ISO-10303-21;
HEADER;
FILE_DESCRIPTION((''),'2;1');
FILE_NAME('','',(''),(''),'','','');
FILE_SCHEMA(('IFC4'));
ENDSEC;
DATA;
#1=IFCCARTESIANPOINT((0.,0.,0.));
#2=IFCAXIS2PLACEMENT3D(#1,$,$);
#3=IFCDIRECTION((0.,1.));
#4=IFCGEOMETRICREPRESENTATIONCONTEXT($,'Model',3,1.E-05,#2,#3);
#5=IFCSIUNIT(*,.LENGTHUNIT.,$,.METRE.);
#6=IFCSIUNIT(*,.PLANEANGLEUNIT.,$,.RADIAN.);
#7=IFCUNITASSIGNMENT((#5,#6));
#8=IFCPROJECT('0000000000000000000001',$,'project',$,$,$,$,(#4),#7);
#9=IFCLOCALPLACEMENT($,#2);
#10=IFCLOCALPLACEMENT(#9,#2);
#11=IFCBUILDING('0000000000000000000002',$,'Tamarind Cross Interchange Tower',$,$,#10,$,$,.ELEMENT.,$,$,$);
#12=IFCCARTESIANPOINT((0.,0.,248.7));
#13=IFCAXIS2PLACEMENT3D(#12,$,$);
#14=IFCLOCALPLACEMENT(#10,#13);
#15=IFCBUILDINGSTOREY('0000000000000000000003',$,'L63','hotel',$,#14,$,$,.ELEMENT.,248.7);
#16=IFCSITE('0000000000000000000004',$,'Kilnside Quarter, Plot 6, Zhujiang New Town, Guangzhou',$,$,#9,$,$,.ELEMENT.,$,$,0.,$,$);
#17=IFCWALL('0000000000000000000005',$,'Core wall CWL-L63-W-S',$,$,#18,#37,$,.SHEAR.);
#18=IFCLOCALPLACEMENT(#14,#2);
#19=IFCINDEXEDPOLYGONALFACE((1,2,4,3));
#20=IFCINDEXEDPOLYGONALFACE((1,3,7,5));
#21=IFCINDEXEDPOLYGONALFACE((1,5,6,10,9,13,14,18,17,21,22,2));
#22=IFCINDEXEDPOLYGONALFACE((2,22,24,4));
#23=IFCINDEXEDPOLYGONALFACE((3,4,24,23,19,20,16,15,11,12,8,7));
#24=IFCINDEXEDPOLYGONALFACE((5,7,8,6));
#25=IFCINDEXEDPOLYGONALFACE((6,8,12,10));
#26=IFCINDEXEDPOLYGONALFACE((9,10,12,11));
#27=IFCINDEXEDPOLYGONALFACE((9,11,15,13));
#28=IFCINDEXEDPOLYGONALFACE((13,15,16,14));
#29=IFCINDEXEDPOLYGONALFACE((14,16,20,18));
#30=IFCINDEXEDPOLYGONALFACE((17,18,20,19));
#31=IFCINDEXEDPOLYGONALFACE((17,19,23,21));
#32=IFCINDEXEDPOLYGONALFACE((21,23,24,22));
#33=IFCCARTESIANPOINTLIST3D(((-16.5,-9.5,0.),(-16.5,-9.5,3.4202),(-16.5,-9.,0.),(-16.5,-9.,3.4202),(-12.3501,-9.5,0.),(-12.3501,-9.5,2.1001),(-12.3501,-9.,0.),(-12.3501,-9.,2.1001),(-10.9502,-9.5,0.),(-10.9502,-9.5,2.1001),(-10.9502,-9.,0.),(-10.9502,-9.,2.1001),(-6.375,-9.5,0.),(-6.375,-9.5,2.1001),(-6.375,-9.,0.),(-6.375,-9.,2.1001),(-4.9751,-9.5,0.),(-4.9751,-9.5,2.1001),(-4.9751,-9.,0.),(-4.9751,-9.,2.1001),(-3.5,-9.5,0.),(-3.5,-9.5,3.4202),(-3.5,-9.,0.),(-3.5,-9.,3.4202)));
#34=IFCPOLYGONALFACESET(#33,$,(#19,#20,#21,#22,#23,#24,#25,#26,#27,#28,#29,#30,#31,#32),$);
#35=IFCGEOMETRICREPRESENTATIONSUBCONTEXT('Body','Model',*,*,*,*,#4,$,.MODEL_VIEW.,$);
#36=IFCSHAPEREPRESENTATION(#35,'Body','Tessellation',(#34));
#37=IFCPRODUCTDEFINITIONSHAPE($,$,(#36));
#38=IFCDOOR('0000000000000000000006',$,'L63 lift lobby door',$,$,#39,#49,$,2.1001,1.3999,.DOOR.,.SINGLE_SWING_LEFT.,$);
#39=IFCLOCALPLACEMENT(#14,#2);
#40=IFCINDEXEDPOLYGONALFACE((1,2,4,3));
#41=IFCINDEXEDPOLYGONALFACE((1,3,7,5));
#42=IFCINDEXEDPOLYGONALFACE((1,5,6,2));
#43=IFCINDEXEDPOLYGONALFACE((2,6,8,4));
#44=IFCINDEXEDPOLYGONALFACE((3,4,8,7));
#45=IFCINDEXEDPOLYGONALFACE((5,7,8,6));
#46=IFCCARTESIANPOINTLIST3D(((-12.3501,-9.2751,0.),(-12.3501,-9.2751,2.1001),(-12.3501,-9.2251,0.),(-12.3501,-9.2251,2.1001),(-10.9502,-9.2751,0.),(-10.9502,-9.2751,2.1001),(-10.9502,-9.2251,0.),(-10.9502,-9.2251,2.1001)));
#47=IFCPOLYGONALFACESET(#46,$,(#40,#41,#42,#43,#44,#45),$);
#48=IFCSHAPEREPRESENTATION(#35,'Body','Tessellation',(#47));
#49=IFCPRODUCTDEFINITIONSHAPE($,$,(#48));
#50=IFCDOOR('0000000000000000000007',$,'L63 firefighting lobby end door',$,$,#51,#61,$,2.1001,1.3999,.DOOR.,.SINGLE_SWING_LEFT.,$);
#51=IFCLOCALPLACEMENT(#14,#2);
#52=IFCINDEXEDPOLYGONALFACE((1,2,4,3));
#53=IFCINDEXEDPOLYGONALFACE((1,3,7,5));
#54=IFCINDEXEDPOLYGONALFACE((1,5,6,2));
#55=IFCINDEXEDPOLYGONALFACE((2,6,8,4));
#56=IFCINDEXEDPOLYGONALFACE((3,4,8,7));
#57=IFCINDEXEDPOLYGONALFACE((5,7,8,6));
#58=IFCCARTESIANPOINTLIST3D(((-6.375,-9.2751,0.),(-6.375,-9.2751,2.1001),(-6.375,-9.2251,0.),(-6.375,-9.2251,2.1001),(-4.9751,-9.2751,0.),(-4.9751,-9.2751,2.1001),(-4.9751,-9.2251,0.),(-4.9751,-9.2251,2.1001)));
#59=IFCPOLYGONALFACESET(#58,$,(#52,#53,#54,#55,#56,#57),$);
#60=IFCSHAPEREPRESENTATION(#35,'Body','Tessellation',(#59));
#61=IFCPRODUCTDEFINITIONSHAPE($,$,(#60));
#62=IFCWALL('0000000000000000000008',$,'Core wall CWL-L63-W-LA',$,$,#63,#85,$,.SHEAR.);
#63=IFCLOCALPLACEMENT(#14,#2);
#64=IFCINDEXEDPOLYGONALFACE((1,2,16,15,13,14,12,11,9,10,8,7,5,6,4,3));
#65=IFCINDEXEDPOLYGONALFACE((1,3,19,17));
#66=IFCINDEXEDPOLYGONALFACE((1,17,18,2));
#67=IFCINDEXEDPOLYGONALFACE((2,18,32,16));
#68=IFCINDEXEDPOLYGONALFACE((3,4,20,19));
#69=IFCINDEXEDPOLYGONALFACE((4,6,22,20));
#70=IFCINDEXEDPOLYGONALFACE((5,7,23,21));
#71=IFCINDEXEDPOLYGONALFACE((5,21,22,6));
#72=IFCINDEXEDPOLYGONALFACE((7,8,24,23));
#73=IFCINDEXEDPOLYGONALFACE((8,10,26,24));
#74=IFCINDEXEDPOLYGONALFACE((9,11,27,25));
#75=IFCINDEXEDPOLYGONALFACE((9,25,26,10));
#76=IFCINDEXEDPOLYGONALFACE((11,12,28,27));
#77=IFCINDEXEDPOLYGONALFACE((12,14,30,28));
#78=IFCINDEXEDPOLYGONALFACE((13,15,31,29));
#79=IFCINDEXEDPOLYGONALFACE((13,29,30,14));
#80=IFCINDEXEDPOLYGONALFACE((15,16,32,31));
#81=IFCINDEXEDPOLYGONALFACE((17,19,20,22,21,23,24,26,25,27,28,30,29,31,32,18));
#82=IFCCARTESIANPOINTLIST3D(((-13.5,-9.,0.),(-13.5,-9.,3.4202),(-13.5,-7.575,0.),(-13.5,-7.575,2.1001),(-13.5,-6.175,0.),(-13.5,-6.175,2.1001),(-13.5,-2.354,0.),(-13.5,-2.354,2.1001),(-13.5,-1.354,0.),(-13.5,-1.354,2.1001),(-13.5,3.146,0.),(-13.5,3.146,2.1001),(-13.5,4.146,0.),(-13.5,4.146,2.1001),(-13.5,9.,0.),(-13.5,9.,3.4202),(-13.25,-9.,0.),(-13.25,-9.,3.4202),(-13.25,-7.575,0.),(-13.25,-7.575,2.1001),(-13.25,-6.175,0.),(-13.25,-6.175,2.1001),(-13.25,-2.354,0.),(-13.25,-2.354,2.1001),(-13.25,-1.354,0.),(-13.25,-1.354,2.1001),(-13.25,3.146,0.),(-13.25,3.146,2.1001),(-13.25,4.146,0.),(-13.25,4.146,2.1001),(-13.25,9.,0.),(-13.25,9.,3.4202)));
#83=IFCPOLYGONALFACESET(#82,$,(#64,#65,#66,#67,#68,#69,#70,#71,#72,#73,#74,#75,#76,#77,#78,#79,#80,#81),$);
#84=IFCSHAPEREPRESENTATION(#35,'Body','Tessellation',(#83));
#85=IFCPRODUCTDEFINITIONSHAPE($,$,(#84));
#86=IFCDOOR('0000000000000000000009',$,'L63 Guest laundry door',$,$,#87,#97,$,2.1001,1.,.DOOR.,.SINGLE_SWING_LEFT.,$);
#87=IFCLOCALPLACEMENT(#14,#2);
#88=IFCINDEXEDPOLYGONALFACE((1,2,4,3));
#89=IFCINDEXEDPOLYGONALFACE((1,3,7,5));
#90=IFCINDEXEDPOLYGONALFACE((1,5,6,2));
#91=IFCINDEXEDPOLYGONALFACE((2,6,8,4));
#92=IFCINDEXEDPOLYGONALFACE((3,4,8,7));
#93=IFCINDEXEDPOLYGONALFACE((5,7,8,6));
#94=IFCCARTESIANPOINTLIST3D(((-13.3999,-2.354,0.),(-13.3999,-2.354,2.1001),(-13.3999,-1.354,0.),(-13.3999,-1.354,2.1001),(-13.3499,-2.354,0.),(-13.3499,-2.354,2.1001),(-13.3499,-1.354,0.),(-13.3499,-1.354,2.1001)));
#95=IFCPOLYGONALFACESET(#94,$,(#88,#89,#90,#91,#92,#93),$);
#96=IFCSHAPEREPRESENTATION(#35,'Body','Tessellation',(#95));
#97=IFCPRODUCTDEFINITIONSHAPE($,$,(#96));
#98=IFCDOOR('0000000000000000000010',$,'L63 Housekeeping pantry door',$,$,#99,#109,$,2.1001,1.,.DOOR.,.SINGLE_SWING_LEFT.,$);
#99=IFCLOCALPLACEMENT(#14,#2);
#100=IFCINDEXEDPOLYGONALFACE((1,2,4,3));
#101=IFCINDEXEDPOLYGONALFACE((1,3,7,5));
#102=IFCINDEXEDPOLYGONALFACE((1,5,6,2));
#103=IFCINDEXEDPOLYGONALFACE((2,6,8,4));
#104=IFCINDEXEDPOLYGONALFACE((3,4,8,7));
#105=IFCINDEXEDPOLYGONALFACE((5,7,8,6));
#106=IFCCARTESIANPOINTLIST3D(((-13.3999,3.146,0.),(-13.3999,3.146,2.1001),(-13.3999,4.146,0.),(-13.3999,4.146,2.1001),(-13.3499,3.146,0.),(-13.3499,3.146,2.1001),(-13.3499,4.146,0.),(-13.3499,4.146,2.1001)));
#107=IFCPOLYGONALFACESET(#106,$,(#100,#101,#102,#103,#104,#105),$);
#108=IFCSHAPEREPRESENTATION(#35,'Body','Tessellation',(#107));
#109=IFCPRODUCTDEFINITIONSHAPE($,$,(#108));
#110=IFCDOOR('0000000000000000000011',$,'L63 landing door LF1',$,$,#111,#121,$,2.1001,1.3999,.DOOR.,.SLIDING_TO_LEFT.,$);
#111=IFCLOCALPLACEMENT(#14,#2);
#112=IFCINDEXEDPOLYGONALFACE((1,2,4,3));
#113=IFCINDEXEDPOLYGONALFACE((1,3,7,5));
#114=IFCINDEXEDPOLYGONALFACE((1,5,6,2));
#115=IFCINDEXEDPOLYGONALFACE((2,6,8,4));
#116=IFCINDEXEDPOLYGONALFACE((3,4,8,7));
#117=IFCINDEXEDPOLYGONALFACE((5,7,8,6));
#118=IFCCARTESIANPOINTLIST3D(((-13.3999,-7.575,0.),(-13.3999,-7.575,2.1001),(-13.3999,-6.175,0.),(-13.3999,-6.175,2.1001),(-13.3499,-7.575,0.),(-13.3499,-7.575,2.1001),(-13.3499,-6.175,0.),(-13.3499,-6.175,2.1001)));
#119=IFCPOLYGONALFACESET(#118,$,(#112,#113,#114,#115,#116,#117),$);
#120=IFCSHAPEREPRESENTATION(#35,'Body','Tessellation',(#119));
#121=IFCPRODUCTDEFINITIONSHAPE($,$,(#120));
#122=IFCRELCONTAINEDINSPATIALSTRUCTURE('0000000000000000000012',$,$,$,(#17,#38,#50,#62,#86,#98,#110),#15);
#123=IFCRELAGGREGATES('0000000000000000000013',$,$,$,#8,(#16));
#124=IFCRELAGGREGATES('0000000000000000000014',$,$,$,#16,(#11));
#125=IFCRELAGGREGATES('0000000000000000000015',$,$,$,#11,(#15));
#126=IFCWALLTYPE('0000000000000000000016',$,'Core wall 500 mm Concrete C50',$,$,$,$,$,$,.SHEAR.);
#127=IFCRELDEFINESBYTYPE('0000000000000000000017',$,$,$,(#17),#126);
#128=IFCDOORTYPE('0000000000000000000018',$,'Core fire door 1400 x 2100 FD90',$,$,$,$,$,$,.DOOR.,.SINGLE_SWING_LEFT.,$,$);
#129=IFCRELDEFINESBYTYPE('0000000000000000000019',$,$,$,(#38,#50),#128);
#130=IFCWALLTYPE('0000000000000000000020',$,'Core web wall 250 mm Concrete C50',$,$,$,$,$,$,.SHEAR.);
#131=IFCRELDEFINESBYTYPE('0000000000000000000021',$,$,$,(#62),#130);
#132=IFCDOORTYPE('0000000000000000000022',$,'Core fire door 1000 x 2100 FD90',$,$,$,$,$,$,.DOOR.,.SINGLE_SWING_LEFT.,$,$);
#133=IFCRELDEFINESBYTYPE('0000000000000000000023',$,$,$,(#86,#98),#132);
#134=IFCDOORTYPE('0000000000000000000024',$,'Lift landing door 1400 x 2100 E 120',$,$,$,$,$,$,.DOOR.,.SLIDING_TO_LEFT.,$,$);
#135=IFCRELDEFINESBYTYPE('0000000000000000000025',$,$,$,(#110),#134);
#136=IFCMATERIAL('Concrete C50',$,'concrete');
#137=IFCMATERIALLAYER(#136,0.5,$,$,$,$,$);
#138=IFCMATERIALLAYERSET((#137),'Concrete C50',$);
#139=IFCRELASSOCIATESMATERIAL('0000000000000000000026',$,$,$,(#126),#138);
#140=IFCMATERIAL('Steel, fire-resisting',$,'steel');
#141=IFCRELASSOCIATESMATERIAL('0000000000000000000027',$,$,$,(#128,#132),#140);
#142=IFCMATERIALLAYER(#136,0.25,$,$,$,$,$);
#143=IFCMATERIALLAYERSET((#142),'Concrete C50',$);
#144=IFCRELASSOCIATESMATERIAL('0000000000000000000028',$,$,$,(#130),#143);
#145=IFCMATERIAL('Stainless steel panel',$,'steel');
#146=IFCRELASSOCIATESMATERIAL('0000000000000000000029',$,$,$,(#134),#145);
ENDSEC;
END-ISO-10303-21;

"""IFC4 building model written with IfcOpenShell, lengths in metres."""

from ifc_helpers import new_model, si_unit, direction, frame, frame_2d, origin, place, context, subcontext, project, spatial, rectangle, extrude, material, layer, layer_set, type_object, element, fill, save


model = new_model("IFC4")

# Units and contexts
model_context = context("Model", 3, precision=1e-05, world=origin(), true_north=direction((0.0, 1.0)))
body_context = subcontext(model_context, "Body", "Model", "MODEL_VIEW")
ifc_project = project(units=[si_unit("LENGTHUNIT", "METRE"), si_unit("PLANEANGLEUNIT", "RADIAN")], contexts=[model_context])

# Site, building, storey
site_placement = place(None, origin())
site = spatial("IfcSite", under=ifc_project, at=site_placement, Name="Kilnside Quarter, Plot 6, Zhujiang New Town, Guangzhou", CompositionType="ELEMENT", RefElevation=0.0)
building_placement = place(site_placement, origin())
building = spatial("IfcBuilding", under=site, at=building_placement, Name="Tamarind Cross Interchange Tower", CompositionType="ELEMENT")
storey_placement = place(building_placement, frame((0.0, 0.0, 248.7)))
storey = spatial("IfcBuildingStorey", under=building, at=storey_placement, Name="L63", Description="hotel", CompositionType="ELEMENT", Elevation=248.7)

# Shared definitions
ifc_material_1 = material(Name="Concrete C50", Category="concrete")

# Walls, openings, doors
ifc_layer_1 = layer(ifc_material_1, 0.5)
ifc_layer_set_1 = layer_set([ifc_layer_1], Name="Concrete C50")
wall_type_1 = type_object("IfcWallType", Name="Core wall 500 mm Concrete C50", PredefinedType="SHEAR", material=ifc_layer_set_1)
wall_1_placement = place(storey_placement, frame((-16.5, -9.25, 0.0), z_axis=(0.0, 0.0, 1.0), x_axis=(1.0, 0.0, 0.0)))
wall_1 = element("IfcWall", 1, at=wall_1_placement, inside=storey, type_object=wall_type_1, Name="Core wall CWL-L63-W-S", PredefinedType="SHEAR", context=body_context, shape_type="SweptSolid", body=[
    extrude(rectangle(XDim=13.0, YDim=0.5, at=frame_2d((6.5, 0.0))), origin(), (0.0, 0.0, 1.0), 3.4202),
])
opening_1_placement = place(wall_1_placement, frame((4.1499, 0.0, 0.0)))
opening_1 = element("IfcOpeningElement", 2, at=opening_1_placement, cuts=wall_1, PredefinedType="OPENING", context=body_context, shape_type="SweptSolid", body=[
    extrude(rectangle(XDim=1.3999, YDim=2.1001, at=frame_2d((0.7, 1.05))), frame((0.0, 0.26, 0.0), z_axis=(0.0, -1.0, 0.0), x_axis=(1.0, 0.0, 0.0)), (0.0, 0.0, 1.0), 0.52),
])
opening_2_placement = place(wall_1_placement, frame((10.125, 0.0, 0.0)))
opening_2 = element("IfcOpeningElement", 3, at=opening_2_placement, cuts=wall_1, PredefinedType="OPENING", context=body_context, shape_type="SweptSolid", body=[
    extrude(rectangle(XDim=1.3999, YDim=2.1001, at=frame_2d((0.7, 1.05))), frame((0.0, 0.26, 0.0), z_axis=(0.0, -1.0, 0.0), x_axis=(1.0, 0.0, 0.0)), (0.0, 0.0, 1.0), 0.52),
])
ifc_material_2 = material(Name="Steel, fire-resisting", Category="steel")
door_type_1 = type_object("IfcDoorType", Name="Core fire door 1400 x 2100 FD90", OperationType="SINGLE_SWING_LEFT", PredefinedType="DOOR", material=ifc_material_2)
door_1_placement = place(opening_1_placement, origin())
door_1 = element("IfcDoor", 4, at=door_1_placement, inside=storey, type_object=door_type_1, Name="L63 lift lobby door", OperationType="SINGLE_SWING_LEFT", OverallHeight=2.1001, OverallWidth=1.3999, PredefinedType="DOOR", context=body_context, shape_type="SweptSolid", body=[
    extrude(rectangle(XDim=1.3999, YDim=2.1001, at=frame_2d((0.7, 1.05))), frame((0.0, 0.0249, 0.0), z_axis=(0.0, -1.0, 0.0), x_axis=(1.0, 0.0, 0.0)), (0.0, 0.0, 1.0), 0.05),
])
fill(opening_1, door_1)
door_2_placement = place(opening_2_placement, origin())
door_2 = element("IfcDoor", 5, at=door_2_placement, inside=storey, type_object=door_type_1, Name="L63 firefighting lobby end door", OperationType="SINGLE_SWING_LEFT", OverallHeight=2.1001, OverallWidth=1.3999, PredefinedType="DOOR", context=body_context, shape_type="SweptSolid", body=[
    extrude(rectangle(XDim=1.3999, YDim=2.1001, at=frame_2d((0.7, 1.05))), frame((0.0, 0.0249, 0.0), z_axis=(0.0, -1.0, 0.0), x_axis=(1.0, 0.0, 0.0)), (0.0, 0.0, 1.0), 0.05),
])
fill(opening_2, door_2)
ifc_layer_2 = layer(ifc_material_1, 0.25)
ifc_layer_set_2 = layer_set([ifc_layer_2], Name="Concrete C50")
wall_type_2 = type_object("IfcWallType", Name="Core web wall 250 mm Concrete C50", PredefinedType="SHEAR", material=ifc_layer_set_2)
wall_2_placement = place(storey_placement, frame((-13.375, -9.0, 0.0), z_axis=(0.0, 0.0, 1.0), x_axis=(0.0, 1.0, 0.0)))
wall_2 = element("IfcWall", 6, at=wall_2_placement, inside=storey, type_object=wall_type_2, Name="Core wall CWL-L63-W-LA", PredefinedType="SHEAR", context=body_context, shape_type="SweptSolid", body=[
    extrude(rectangle(XDim=18.0, YDim=0.25, at=frame_2d((9.0, 0.0))), origin(), (0.0, 0.0, 1.0), 3.4202),
])
opening_3_placement = place(wall_2_placement, frame((1.425, 0.0, 0.0)))
opening_3 = element("IfcOpeningElement", 7, at=opening_3_placement, cuts=wall_2, PredefinedType="OPENING", context=body_context, shape_type="SweptSolid", body=[
    extrude(rectangle(XDim=1.3999, YDim=2.1001, at=frame_2d((0.7, 1.05))), frame((0.0, 0.135, 0.0), z_axis=(0.0, -1.0, 0.0), x_axis=(1.0, 0.0, 0.0)), (0.0, 0.0, 1.0), 0.27),
])
opening_4_placement = place(wall_2_placement, frame((6.646, 0.0, 0.0)))
opening_4 = element("IfcOpeningElement", 8, at=opening_4_placement, cuts=wall_2, PredefinedType="OPENING", context=body_context, shape_type="SweptSolid", body=[
    extrude(rectangle(XDim=1.0, YDim=2.1001, at=frame_2d((0.5, 1.05))), frame((0.0, 0.135, 0.0), z_axis=(0.0, -1.0, 0.0), x_axis=(1.0, 0.0, 0.0)), (0.0, 0.0, 1.0), 0.27),
])
opening_5_placement = place(wall_2_placement, frame((12.146, 0.0, 0.0)))
opening_5 = element("IfcOpeningElement", 9, at=opening_5_placement, cuts=wall_2, PredefinedType="OPENING", context=body_context, shape_type="SweptSolid", body=[
    extrude(rectangle(XDim=1.0, YDim=2.1001, at=frame_2d((0.5, 1.05))), frame((0.0, 0.135, 0.0), z_axis=(0.0, -1.0, 0.0), x_axis=(1.0, 0.0, 0.0)), (0.0, 0.0, 1.0), 0.27),
])
door_type_2 = type_object("IfcDoorType", Name="Core fire door 1000 x 2100 FD90", OperationType="SINGLE_SWING_LEFT", PredefinedType="DOOR", material=ifc_material_2)
door_3_placement = place(opening_4_placement, origin())
door_3 = element("IfcDoor", 10, at=door_3_placement, inside=storey, type_object=door_type_2, Name="L63 Guest laundry door", OperationType="SINGLE_SWING_LEFT", OverallHeight=2.1001, OverallWidth=1.0, PredefinedType="DOOR", context=body_context, shape_type="SweptSolid", body=[
    extrude(rectangle(XDim=1.0, YDim=2.1001, at=frame_2d((0.5, 1.05))), frame((0.0, 0.0249, 0.0), z_axis=(0.0, -1.0, 0.0), x_axis=(1.0, 0.0, 0.0)), (0.0, 0.0, 1.0), 0.05),
])
fill(opening_4, door_3)
door_4_placement = place(opening_5_placement, origin())
door_4 = element("IfcDoor", 11, at=door_4_placement, inside=storey, type_object=door_type_2, Name="L63 Housekeeping pantry door", OperationType="SINGLE_SWING_LEFT", OverallHeight=2.1001, OverallWidth=1.0, PredefinedType="DOOR", context=body_context, shape_type="SweptSolid", body=[
    extrude(rectangle(XDim=1.0, YDim=2.1001, at=frame_2d((0.5, 1.05))), frame((0.0, 0.0249, 0.0), z_axis=(0.0, -1.0, 0.0), x_axis=(1.0, 0.0, 0.0)), (0.0, 0.0, 1.0), 0.05),
])
fill(opening_5, door_4)
ifc_material_3 = material(Name="Stainless steel panel", Category="steel")
door_type_3 = type_object("IfcDoorType", Name="Lift landing door 1400 x 2100 E 120", OperationType="SLIDING_TO_LEFT", PredefinedType="DOOR", material=ifc_material_3)
door_5_placement = place(opening_3_placement, origin())
door_5 = element("IfcDoor", 12, at=door_5_placement, inside=storey, type_object=door_type_3, Name="L63 landing door LF1", OperationType="SLIDING_TO_LEFT", OverallHeight=2.1001, OverallWidth=1.3999, PredefinedType="DOOR", context=body_context, shape_type="SweptSolid", body=[
    extrude(rectangle(XDim=1.3999, YDim=2.1001, at=frame_2d((0.7, 1.05))), frame((0.0, 0.0249, 0.0), z_axis=(0.0, -1.0, 0.0), x_axis=(1.0, 0.0, 0.0)), (0.0, 0.0, 1.0), 0.05),
])
fill(opening_3, door_5)

save(model, "model.ifc")
